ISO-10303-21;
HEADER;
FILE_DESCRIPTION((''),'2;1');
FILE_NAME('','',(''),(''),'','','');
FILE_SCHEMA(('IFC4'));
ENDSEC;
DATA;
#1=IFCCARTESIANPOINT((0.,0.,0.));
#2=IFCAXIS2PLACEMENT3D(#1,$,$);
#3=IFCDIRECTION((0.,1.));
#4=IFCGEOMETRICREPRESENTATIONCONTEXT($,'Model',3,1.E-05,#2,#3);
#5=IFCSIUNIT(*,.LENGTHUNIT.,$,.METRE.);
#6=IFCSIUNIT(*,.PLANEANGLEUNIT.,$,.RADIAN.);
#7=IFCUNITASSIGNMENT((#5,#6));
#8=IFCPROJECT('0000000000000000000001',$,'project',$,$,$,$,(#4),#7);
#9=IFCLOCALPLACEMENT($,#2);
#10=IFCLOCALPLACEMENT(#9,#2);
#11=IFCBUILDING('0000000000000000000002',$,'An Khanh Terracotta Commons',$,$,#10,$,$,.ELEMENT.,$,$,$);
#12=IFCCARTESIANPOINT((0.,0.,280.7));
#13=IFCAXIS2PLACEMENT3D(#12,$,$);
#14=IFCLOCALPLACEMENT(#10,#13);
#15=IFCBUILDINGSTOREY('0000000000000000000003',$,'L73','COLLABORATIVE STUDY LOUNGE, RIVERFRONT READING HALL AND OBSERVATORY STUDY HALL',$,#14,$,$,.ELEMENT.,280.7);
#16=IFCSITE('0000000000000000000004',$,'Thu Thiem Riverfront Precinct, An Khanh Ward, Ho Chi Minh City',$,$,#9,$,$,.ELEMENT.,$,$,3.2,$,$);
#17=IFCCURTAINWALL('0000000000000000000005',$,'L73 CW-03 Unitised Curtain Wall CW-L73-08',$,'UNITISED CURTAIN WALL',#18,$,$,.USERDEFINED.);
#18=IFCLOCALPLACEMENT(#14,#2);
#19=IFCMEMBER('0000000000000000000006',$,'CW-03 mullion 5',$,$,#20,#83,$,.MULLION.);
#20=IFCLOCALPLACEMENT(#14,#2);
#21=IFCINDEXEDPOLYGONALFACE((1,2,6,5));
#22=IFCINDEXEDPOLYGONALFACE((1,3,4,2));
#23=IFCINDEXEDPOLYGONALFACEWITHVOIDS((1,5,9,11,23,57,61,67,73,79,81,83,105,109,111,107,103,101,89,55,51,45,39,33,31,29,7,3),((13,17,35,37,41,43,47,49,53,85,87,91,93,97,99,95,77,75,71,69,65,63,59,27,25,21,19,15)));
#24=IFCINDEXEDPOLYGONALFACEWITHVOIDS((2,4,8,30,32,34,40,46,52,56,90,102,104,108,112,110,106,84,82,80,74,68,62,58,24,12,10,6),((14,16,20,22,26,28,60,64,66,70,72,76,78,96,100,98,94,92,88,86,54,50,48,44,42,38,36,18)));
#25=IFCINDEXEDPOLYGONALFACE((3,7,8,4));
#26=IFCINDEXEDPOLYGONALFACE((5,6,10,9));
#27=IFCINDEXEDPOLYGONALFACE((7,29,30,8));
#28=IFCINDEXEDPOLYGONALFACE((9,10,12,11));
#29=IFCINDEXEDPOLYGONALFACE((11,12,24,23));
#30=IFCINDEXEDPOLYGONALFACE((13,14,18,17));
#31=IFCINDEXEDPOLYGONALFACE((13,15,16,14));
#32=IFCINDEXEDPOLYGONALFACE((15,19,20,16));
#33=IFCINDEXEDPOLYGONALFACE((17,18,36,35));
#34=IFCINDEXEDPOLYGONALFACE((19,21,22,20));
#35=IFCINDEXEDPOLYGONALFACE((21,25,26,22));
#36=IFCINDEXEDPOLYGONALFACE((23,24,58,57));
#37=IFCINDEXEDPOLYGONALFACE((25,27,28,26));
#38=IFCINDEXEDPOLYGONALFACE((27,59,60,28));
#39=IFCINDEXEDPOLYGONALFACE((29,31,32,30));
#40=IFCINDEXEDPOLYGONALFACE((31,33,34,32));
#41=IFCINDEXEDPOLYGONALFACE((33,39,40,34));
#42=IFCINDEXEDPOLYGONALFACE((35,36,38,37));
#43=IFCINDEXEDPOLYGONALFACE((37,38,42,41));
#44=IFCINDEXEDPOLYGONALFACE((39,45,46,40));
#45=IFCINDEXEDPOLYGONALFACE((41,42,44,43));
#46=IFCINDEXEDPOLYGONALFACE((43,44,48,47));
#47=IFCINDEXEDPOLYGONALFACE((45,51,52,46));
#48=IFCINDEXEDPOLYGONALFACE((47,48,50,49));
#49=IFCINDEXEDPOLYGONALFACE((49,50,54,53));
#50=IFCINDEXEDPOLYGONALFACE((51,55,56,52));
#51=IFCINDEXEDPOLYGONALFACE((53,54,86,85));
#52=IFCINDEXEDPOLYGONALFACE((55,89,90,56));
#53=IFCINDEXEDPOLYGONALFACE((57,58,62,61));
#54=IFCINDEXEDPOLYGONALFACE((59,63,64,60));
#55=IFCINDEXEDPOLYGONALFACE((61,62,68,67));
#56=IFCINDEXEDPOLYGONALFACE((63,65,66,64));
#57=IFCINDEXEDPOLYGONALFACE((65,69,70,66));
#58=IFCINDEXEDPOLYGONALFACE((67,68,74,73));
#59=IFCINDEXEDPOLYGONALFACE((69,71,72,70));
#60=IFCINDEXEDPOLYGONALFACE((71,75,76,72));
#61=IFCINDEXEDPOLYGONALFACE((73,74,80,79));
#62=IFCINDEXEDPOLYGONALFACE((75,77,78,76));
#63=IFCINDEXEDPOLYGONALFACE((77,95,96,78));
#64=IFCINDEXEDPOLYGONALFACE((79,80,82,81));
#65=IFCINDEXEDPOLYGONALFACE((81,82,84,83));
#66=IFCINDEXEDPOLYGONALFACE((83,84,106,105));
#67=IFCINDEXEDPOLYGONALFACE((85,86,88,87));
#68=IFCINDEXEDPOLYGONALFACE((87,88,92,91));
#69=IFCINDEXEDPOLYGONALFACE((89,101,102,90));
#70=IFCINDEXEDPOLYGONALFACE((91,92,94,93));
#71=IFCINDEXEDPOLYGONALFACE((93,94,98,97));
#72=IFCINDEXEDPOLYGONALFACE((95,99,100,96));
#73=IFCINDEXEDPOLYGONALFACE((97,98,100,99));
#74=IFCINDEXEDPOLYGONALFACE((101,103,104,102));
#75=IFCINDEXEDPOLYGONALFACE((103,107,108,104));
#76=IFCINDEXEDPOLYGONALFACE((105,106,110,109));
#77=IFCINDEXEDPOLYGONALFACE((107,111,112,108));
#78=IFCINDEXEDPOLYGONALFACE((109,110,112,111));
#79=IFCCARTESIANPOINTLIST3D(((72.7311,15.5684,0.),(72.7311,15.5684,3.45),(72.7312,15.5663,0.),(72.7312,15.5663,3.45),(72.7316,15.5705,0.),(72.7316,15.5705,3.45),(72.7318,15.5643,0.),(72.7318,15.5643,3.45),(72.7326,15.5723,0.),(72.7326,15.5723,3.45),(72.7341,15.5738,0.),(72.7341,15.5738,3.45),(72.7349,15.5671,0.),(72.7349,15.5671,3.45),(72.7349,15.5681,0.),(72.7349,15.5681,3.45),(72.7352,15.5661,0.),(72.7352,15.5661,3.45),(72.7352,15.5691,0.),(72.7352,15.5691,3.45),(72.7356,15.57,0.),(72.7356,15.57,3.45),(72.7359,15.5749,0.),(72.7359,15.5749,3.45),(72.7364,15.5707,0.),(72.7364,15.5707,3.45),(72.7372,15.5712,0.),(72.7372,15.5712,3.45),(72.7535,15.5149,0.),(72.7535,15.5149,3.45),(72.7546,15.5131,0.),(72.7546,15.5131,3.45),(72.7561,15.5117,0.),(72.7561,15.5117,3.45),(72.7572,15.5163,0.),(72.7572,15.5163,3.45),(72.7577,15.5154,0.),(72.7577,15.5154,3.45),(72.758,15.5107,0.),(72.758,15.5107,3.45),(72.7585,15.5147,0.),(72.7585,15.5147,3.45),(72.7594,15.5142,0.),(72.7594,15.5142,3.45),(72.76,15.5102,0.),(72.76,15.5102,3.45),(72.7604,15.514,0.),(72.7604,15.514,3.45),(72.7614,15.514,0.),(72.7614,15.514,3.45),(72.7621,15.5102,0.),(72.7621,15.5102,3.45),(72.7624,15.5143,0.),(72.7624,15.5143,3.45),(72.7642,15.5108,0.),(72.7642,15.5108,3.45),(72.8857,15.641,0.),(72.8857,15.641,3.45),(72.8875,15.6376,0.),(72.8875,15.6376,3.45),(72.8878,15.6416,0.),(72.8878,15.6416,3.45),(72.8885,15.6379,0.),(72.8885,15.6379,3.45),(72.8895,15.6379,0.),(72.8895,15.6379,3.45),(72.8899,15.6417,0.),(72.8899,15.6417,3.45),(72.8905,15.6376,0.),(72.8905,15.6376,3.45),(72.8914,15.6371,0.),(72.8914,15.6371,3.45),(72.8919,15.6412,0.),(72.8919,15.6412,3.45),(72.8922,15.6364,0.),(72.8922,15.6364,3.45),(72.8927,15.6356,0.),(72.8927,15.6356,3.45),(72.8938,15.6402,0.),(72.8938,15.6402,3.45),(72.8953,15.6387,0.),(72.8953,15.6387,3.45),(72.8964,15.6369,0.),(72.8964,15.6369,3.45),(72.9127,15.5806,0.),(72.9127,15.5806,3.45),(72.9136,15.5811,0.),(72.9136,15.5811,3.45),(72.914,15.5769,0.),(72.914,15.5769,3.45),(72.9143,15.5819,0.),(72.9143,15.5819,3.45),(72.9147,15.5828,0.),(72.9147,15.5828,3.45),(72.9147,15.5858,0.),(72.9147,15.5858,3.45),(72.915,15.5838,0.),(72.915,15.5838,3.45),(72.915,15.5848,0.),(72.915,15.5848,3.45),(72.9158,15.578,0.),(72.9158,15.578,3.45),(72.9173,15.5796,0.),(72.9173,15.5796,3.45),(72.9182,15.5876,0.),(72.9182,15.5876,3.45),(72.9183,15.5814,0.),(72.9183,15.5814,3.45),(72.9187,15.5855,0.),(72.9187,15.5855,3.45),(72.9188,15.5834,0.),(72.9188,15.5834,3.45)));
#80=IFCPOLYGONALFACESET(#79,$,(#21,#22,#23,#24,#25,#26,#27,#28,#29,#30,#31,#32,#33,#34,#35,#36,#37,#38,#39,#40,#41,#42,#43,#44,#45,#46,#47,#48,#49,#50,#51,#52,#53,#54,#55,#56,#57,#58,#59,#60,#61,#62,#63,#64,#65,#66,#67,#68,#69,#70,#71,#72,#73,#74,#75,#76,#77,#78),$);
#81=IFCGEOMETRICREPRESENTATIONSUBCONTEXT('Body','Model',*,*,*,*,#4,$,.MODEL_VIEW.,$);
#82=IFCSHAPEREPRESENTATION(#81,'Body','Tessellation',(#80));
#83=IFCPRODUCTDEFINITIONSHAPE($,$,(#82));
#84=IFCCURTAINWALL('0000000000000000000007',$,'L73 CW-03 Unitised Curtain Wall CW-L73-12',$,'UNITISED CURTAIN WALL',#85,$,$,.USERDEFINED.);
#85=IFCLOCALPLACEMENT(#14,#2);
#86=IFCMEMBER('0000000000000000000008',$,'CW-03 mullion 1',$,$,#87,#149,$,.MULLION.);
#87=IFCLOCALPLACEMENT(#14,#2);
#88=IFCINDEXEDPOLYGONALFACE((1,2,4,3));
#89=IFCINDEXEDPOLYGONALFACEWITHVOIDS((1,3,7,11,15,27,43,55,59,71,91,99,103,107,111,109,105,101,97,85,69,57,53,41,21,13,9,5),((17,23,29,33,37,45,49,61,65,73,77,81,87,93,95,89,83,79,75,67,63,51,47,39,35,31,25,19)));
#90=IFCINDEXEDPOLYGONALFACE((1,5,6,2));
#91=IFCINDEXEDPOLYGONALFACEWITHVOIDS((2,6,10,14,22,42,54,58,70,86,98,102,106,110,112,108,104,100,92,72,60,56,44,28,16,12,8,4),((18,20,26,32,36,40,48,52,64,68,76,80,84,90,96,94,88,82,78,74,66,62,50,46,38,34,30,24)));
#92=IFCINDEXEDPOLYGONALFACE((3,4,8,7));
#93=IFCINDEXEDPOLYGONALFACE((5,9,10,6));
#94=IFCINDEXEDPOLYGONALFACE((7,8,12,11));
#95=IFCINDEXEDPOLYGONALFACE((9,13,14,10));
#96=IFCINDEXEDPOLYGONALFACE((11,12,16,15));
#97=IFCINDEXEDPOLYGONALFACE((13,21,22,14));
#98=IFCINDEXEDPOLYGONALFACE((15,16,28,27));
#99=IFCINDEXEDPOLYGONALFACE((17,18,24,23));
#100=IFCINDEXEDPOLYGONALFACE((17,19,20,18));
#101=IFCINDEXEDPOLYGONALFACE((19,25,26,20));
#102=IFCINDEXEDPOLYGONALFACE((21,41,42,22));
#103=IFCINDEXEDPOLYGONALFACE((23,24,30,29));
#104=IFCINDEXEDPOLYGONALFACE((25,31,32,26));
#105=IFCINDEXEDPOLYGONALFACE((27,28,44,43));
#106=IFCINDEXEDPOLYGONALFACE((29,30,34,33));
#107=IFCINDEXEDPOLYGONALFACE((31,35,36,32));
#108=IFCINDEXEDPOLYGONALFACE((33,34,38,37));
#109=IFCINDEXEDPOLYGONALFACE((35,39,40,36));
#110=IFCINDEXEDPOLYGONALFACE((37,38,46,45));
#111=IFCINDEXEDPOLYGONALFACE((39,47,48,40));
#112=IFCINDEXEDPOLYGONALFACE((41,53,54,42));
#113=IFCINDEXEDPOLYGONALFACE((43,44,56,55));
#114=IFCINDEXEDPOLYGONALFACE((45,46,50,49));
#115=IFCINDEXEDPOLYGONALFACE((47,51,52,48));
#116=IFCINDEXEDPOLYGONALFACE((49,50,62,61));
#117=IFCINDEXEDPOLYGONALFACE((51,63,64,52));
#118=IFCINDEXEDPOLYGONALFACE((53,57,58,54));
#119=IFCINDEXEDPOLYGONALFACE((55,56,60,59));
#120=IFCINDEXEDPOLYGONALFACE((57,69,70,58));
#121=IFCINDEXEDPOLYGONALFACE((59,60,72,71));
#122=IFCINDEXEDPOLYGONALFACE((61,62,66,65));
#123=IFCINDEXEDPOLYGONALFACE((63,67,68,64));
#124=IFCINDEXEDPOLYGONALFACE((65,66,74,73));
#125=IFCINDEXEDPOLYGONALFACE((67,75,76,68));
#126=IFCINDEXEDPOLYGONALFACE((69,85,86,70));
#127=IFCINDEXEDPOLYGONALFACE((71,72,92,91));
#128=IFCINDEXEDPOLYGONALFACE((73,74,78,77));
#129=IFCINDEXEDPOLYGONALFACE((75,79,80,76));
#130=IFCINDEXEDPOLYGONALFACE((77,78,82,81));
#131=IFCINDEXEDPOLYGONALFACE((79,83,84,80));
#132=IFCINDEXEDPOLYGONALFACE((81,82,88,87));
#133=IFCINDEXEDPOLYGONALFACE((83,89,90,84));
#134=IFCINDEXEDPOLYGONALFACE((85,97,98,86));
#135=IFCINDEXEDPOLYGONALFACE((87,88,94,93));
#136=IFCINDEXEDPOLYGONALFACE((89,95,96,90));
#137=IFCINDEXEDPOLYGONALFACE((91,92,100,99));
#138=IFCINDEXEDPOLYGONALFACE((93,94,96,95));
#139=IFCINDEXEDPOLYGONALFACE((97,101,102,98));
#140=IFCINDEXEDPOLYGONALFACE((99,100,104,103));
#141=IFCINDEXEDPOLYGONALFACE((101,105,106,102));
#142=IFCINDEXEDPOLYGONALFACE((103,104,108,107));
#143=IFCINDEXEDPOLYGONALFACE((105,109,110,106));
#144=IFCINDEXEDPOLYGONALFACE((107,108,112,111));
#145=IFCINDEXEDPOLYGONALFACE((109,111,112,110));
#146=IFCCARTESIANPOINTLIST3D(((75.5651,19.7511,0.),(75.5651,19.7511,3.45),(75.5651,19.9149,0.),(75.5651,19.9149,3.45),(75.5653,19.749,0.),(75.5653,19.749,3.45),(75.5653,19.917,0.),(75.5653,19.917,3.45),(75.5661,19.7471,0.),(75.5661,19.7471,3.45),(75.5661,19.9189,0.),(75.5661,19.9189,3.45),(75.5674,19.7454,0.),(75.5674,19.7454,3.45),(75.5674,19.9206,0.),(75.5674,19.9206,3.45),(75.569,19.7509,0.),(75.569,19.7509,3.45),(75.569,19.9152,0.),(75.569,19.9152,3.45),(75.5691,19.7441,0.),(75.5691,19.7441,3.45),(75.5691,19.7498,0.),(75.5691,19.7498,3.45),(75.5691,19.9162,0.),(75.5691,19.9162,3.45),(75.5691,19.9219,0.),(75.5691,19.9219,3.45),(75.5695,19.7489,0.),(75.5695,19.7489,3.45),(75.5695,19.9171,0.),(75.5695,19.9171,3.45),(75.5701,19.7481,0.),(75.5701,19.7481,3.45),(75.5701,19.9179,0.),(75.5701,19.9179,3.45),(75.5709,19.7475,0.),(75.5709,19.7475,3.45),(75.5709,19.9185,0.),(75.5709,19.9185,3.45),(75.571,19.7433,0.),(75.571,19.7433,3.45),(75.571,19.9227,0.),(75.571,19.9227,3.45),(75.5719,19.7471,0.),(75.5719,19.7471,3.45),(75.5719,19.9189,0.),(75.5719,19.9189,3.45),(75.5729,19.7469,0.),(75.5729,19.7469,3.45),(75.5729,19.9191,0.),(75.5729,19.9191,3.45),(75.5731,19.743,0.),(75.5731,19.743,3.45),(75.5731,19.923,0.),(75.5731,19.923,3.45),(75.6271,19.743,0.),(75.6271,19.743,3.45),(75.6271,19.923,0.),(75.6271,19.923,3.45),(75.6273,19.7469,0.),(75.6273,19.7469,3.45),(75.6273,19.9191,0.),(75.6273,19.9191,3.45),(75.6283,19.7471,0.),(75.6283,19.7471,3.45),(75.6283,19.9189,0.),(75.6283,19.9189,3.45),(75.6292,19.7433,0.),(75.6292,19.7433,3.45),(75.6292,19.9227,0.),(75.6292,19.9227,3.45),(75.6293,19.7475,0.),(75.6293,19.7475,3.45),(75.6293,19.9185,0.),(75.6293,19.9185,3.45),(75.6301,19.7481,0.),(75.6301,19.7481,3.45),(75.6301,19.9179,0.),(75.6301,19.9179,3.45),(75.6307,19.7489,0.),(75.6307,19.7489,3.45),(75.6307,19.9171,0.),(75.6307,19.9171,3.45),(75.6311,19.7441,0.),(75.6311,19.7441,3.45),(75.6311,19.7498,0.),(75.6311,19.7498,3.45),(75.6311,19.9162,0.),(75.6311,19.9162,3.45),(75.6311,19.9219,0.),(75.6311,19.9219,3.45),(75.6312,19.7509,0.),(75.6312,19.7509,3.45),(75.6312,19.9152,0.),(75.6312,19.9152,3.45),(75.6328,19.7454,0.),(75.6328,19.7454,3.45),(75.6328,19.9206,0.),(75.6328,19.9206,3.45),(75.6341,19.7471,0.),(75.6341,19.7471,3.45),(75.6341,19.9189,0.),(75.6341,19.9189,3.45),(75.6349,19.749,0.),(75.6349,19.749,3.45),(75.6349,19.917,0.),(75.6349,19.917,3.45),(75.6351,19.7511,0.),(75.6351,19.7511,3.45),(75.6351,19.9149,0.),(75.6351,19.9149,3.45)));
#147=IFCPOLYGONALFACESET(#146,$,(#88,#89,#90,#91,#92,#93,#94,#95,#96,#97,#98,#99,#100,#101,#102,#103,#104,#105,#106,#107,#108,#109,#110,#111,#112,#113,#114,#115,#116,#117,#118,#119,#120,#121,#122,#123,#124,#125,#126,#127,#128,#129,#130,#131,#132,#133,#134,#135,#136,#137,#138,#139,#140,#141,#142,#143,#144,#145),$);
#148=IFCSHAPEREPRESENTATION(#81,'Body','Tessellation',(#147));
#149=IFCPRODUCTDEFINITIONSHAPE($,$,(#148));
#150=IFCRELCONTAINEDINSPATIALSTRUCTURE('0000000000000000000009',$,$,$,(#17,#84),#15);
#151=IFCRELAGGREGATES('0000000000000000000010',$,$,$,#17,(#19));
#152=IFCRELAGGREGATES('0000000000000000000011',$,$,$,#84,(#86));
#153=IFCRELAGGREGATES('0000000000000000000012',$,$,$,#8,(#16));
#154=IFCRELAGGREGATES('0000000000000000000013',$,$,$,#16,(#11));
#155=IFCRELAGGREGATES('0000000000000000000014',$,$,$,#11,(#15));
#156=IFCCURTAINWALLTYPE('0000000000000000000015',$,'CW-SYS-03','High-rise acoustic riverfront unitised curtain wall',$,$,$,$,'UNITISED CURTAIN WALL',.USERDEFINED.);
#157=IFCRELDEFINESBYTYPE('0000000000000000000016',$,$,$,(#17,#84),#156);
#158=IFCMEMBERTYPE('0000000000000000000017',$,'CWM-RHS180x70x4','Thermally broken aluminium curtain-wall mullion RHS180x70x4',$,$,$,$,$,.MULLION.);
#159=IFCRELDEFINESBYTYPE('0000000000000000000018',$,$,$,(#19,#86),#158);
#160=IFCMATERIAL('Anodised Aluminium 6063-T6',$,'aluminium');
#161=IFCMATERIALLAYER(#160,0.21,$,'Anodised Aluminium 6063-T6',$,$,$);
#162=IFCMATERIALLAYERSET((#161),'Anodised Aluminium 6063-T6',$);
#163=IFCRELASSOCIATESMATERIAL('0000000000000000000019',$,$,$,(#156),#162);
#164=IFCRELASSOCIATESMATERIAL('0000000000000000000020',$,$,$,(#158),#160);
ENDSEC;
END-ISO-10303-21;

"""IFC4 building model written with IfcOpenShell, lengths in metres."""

from ifc_helpers import new_model, si_unit, direction, frame, origin, origin_2d, place, context, subcontext, project, spatial, hollow_rectangle, extrude, material, layer, layer_set, material_profile, profile_set, type_object, element, aggregate, save


model = new_model("IFC4")

# Units and contexts
model_context = context("Model", 3, precision=1e-05, world=origin(), true_north=direction((0.0, 1.0)))
body_context = subcontext(model_context, "Body", "Model", "MODEL_VIEW")
ifc_project = project(units=[si_unit("LENGTHUNIT", "METRE"), si_unit("PLANEANGLEUNIT", "RADIAN")], contexts=[model_context])

# Site, building, storey
site_placement = place(None, origin())
site = spatial("IfcSite", under=ifc_project, at=site_placement, Name="Thu Thiem Riverfront Precinct, An Khanh Ward, Ho Chi Minh City", CompositionType="ELEMENT", RefElevation=3.2)
building_placement = place(site_placement, origin())
building = spatial("IfcBuilding", under=site, at=building_placement, Name="An Khanh Terracotta Commons", CompositionType="ELEMENT")
storey_placement = place(building_placement, frame((0.0, 0.0, 280.7)))
storey = spatial("IfcBuildingStorey", under=building, at=storey_placement, Name="L73", Description="COLLABORATIVE STUDY LOUNGE, RIVERFRONT READING HALL AND OBSERVATORY STUDY HALL", CompositionType="ELEMENT", Elevation=280.7)

# Curtain walls, members
ifc_material_1 = material(Name="Anodised Aluminium 6063-T6", Category="aluminium")
ifc_layer_1 = layer(ifc_material_1, 0.21, Name="Anodised Aluminium 6063-T6")
ifc_layer_set_1 = layer_set([ifc_layer_1], Name="Anodised Aluminium 6063-T6")
curtain_wall_type = type_object("IfcCurtainWallType", Name="CW-SYS-03", Description="High-rise acoustic riverfront unitised curtain wall", ElementType="UNITISED CURTAIN WALL", PredefinedType="USERDEFINED", material=ifc_layer_set_1)
curtain_wall_1_placement = place(storey_placement, origin())
curtain_wall_1 = element("IfcCurtainWall", 1, at=curtain_wall_1_placement, inside=storey, type_object=curtain_wall_type, Name="L73 CW-03 Unitised Curtain Wall CW-L73-08", ObjectType="UNITISED CURTAIN WALL", PredefinedType="USERDEFINED")
ifc_material_profile_1 = material_profile(ifc_material_1, hollow_rectangle(XDim=0.0701, YDim=0.1799, WallThickness=0.0039, InnerFilletRadius=0.0039, OuterFilletRadius=0.0081, at=origin_2d()), Name="RHS180x70x4")
ifc_profile_set_1 = profile_set([ifc_material_profile_1], Name="Anodised Aluminium 6063-T6")
member_type_1 = type_object("IfcMemberType", Name="CWM-RHS180x70x4", Description="Thermally broken aluminium curtain-wall mullion RHS180x70x4", PredefinedType="MULLION", material=ifc_profile_set_1)
member_1_placement = place(storey_placement, frame((72.825, 15.5759, 0.0), z_axis=(0.0, 0.0, 1.0), x_axis=(-0.403676, 0.914902, 0.0)))
member_1 = element("IfcMember", 2, at=member_1_placement, type_object=member_type_1, Name="CW-03 mullion 5", PredefinedType="MULLION", context=body_context, shape_type="SweptSolid", body=[
    extrude(hollow_rectangle(XDim=0.0701, YDim=0.1799, WallThickness=0.0039, InnerFilletRadius=0.0039, OuterFilletRadius=0.0081, at=origin_2d()), origin(), (0.0, 0.0, 1.0), 3.45),
])
curtain_wall_2_placement = place(storey_placement, origin())
curtain_wall_2 = element("IfcCurtainWall", 3, at=curtain_wall_2_placement, inside=storey, type_object=curtain_wall_type, Name="L73 CW-03 Unitised Curtain Wall CW-L73-12", ObjectType="UNITISED CURTAIN WALL", PredefinedType="USERDEFINED")
member_2_placement = place(storey_placement, frame((75.6001, 19.833, 0.0), z_axis=(0.0, 0.0, 1.0), x_axis=(-1.0, 0.0, 0.0)))
member_2 = element("IfcMember", 4, at=member_2_placement, type_object=member_type_1, Name="CW-03 mullion 1", PredefinedType="MULLION", context=body_context, shape_type="SweptSolid", body=[
    extrude(hollow_rectangle(XDim=0.0701, YDim=0.1799, WallThickness=0.0039, InnerFilletRadius=0.0039, OuterFilletRadius=0.0081, at=origin_2d()), origin(), (0.0, 0.0, 1.0), 3.45),
])

aggregate(curtain_wall_1, [member_1])
aggregate(curtain_wall_2, [member_2])

save(model, "model.ifc")
